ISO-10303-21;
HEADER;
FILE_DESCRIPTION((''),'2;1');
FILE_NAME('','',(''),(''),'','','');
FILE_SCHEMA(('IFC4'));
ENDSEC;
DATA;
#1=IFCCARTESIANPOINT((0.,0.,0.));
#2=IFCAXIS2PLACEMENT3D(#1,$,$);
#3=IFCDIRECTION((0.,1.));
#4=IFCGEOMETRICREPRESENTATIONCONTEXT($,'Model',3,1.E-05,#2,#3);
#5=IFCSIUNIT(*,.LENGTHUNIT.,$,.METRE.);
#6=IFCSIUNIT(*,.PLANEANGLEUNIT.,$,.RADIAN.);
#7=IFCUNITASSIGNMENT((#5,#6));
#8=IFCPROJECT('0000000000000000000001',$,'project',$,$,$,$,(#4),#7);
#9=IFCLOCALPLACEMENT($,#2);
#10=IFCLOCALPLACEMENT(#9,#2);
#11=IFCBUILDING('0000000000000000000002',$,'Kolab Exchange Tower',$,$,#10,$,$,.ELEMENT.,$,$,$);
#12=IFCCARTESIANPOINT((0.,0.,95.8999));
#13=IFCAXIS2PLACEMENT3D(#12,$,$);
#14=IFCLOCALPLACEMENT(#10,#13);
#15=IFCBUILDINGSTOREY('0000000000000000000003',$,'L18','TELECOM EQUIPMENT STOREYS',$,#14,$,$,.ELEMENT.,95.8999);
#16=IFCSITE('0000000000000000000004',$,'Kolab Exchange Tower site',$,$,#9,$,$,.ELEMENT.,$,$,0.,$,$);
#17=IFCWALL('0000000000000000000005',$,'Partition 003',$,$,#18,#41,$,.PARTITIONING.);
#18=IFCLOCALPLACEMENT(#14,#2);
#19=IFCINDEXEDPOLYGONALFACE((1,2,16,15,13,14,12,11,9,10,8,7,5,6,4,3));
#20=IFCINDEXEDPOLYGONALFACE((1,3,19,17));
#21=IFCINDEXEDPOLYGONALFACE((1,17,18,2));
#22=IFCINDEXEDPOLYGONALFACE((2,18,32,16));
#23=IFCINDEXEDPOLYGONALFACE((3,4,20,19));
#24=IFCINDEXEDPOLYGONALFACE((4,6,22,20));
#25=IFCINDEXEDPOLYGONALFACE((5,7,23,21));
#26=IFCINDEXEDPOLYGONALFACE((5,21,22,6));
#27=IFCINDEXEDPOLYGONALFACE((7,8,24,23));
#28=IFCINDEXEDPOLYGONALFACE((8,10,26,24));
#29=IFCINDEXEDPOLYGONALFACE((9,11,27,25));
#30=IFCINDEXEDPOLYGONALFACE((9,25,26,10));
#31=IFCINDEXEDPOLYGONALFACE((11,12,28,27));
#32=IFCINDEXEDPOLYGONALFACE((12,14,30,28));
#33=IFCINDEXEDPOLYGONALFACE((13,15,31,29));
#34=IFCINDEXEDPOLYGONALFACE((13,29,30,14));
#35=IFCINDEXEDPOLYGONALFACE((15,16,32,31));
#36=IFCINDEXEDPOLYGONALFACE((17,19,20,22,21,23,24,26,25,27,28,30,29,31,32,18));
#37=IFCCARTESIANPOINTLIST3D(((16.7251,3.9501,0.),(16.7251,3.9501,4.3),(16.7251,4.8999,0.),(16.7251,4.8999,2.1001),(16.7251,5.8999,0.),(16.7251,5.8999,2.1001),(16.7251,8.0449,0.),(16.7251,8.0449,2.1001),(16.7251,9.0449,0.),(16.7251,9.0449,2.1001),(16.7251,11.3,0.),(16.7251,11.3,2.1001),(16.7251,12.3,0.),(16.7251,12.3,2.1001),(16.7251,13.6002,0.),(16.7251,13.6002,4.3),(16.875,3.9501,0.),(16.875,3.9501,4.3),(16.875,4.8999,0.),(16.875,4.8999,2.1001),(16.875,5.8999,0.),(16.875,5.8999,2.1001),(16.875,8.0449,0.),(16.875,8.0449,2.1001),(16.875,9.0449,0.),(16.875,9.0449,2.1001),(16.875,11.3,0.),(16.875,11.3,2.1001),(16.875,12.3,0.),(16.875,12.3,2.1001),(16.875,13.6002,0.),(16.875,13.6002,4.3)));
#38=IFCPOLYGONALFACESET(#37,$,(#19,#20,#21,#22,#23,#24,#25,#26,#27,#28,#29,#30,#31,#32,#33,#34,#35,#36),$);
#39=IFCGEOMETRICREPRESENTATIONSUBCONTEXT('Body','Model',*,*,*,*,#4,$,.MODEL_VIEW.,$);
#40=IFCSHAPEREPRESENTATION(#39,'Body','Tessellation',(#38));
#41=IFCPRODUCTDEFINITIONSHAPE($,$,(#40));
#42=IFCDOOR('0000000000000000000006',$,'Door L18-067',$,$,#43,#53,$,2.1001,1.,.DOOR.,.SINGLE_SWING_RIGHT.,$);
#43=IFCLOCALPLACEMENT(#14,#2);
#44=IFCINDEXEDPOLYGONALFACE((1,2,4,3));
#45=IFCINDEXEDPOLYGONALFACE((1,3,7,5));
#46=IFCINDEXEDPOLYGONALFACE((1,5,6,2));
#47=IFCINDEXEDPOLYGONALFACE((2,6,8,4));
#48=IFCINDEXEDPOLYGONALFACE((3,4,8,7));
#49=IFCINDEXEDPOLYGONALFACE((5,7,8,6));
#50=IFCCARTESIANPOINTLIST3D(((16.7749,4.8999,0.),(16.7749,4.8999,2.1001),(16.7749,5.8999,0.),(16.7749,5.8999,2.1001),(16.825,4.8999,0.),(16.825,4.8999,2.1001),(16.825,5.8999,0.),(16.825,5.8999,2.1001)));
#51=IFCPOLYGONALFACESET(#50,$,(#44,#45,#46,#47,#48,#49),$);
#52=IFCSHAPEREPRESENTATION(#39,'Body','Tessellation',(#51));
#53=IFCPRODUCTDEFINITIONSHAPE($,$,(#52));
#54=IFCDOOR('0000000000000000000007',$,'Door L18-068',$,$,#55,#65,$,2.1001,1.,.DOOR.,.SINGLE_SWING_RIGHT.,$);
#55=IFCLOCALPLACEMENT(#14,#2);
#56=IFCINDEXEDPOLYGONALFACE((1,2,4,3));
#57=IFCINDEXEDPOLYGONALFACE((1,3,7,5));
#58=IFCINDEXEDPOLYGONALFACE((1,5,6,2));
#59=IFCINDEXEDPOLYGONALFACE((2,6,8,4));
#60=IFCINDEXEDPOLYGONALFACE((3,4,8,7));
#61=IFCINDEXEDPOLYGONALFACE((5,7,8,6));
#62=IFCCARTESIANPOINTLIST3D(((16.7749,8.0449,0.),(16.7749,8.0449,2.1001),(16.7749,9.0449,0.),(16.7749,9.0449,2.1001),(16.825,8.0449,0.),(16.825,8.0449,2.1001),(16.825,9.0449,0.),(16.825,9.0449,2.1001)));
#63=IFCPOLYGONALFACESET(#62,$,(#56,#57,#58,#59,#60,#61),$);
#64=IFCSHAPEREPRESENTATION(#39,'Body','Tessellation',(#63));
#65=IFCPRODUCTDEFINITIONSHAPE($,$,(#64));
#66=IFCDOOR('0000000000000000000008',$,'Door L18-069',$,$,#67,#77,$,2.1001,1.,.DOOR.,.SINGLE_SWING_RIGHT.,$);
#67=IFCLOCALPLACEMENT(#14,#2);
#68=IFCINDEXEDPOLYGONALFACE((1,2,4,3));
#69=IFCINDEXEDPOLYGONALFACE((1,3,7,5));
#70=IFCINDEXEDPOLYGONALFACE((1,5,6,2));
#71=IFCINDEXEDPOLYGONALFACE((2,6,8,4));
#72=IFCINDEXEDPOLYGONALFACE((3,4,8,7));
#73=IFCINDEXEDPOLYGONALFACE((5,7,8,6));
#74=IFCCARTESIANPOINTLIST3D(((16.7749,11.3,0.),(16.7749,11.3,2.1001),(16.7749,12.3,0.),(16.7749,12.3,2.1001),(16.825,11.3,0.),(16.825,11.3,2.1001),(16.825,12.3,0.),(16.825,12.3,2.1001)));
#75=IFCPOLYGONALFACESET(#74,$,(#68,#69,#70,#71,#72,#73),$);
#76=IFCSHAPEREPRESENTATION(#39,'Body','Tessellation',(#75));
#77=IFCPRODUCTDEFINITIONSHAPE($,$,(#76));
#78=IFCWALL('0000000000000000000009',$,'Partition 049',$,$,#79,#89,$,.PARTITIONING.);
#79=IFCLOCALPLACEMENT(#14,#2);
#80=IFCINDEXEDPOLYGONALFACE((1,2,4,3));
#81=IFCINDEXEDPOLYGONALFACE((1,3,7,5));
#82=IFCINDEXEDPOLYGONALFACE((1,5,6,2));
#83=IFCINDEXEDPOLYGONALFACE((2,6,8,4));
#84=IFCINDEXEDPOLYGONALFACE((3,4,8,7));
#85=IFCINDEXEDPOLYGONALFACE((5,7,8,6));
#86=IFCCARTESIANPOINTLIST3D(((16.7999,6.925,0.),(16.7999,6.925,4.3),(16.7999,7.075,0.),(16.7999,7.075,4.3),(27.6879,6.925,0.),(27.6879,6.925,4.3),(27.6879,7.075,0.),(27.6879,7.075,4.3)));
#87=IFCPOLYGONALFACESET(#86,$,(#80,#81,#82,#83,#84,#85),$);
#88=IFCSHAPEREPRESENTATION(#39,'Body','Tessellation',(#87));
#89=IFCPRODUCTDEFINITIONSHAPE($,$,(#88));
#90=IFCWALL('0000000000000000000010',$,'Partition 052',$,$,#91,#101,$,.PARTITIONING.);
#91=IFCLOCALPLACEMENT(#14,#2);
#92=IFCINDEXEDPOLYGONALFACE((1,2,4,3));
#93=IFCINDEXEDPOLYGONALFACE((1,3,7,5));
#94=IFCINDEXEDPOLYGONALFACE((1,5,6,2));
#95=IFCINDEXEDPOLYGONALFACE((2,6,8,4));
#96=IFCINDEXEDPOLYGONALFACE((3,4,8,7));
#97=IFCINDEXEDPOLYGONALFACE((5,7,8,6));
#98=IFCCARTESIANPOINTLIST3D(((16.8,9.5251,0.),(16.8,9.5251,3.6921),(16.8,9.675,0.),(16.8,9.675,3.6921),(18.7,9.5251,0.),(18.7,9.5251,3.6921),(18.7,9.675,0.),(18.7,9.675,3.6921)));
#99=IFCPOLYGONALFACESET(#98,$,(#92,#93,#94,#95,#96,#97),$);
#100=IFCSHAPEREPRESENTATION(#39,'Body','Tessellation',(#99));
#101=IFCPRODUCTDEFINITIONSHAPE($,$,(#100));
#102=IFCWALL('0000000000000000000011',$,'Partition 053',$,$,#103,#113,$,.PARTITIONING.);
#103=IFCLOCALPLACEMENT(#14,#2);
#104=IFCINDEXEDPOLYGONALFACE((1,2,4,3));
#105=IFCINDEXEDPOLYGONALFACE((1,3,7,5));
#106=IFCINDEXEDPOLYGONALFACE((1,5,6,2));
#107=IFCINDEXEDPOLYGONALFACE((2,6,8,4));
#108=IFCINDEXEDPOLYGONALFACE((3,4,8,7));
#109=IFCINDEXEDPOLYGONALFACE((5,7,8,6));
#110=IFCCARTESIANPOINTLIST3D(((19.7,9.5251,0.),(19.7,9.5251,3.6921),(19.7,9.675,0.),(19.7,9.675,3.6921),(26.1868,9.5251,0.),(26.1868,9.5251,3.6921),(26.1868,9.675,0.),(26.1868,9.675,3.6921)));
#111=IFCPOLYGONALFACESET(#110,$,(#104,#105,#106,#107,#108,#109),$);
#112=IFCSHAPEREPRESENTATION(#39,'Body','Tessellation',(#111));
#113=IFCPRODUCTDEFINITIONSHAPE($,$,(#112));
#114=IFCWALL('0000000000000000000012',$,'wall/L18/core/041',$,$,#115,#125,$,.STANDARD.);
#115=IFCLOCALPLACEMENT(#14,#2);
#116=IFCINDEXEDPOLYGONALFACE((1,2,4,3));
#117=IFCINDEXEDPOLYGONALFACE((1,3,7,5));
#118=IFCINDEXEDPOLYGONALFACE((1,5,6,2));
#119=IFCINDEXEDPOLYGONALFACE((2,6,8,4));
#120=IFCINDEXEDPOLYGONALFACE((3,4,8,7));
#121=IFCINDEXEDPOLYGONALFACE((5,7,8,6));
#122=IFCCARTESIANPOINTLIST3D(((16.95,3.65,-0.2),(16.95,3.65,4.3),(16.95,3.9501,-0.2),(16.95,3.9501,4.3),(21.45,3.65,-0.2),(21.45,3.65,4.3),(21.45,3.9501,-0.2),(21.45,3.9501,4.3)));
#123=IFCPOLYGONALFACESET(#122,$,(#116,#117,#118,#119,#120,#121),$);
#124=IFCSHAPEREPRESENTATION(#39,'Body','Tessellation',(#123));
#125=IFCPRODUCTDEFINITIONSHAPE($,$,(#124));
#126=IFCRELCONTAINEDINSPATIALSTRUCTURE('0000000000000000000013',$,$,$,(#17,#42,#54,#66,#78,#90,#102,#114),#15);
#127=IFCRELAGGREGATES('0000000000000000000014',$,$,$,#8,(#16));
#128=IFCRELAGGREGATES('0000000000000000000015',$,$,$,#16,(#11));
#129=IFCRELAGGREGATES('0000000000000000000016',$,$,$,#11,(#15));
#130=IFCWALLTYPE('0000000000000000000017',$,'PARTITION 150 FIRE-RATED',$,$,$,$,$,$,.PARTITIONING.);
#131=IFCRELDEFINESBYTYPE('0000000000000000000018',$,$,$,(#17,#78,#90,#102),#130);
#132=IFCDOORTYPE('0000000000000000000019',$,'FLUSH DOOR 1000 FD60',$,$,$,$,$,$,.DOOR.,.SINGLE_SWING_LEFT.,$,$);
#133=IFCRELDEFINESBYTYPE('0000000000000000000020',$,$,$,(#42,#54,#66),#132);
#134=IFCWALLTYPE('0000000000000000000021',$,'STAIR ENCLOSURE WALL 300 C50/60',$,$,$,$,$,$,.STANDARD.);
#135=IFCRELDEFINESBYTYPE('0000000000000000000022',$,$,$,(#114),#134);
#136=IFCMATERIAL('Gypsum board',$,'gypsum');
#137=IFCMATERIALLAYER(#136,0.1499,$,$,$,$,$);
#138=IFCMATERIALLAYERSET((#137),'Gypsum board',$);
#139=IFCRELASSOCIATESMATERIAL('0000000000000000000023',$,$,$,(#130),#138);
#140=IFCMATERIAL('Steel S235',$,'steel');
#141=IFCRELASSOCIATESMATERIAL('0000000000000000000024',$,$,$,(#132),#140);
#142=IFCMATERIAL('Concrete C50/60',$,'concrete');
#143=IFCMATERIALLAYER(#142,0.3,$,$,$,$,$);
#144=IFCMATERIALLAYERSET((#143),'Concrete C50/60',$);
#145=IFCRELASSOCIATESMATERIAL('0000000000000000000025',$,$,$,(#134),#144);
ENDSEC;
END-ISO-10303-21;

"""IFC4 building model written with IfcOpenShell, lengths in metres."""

from ifc_helpers import new_model, si_unit, direction, frame, frame_2d, origin, place, context, subcontext, project, spatial, rectangle, extrude, material, layer, layer_set, type_object, element, fill, save


model = new_model("IFC4")

# Units and contexts
model_context = context("Model", 3, precision=1e-05, world=origin(), true_north=direction((0.0, 1.0)))
body_context = subcontext(model_context, "Body", "Model", "MODEL_VIEW")
ifc_project = project(units=[si_unit("LENGTHUNIT", "METRE"), si_unit("PLANEANGLEUNIT", "RADIAN")], contexts=[model_context])

# Site, building, storey
site_placement = place(None, origin())
site = spatial("IfcSite", under=ifc_project, at=site_placement, Name="Kolab Exchange Tower site", CompositionType="ELEMENT", RefElevation=0.0)
building_placement = place(site_placement, origin())
building = spatial("IfcBuilding", under=site, at=building_placement, Name="Kolab Exchange Tower", CompositionType="ELEMENT")
storey_placement = place(building_placement, frame((0.0, 0.0, 95.8999)))
storey = spatial("IfcBuildingStorey", under=building, at=storey_placement, Name="L18", Description="TELECOM EQUIPMENT STOREYS", CompositionType="ELEMENT", Elevation=95.8999)

# Wall, openings, doors
ifc_material_1 = material(Name="Gypsum board", Category="gypsum")
ifc_layer_1 = layer(ifc_material_1, 0.1499)
ifc_layer_set_1 = layer_set([ifc_layer_1], Name="Gypsum board")
wall_type_1 = type_object("IfcWallType", Name="PARTITION 150 FIRE-RATED", PredefinedType="PARTITIONING", material=ifc_layer_set_1)
wall_1_placement = place(storey_placement, frame((16.8, 3.95, 0.0), z_axis=(0.0, 0.0, 1.0), x_axis=(0.0, 1.0, 0.0)))
wall_1 = element("IfcWall", 1, at=wall_1_placement, inside=storey, type_object=wall_type_1, Name="Partition 003", PredefinedType="PARTITIONING", context=body_context, shape_type="SweptSolid", body=[
    extrude(rectangle(XDim=9.6501, YDim=0.1499, at=frame_2d((4.8252, 0.0))), origin(), (0.0, 0.0, 1.0), 4.3),
])
opening_1_placement = place(wall_1_placement, frame((0.95, 0.0, 0.0)))
opening_1 = element("IfcOpeningElement", 2, at=opening_1_placement, cuts=wall_1, PredefinedType="OPENING", context=body_context, shape_type="SweptSolid", body=[
    extrude(rectangle(XDim=1.0, YDim=2.1001, at=frame_2d((0.5, 1.05))), frame((0.0, 0.085, 0.0), z_axis=(0.0, -1.0, 0.0), x_axis=(1.0, 0.0, 0.0)), (0.0, 0.0, 1.0), 0.1699),
])
opening_2_placement = place(wall_1_placement, frame((4.095, 0.0, 0.0)))
opening_2 = element("IfcOpeningElement", 3, at=opening_2_placement, cuts=wall_1, PredefinedType="OPENING", context=body_context, shape_type="SweptSolid", body=[
    extrude(rectangle(XDim=1.0, YDim=2.1001, at=frame_2d((0.5, 1.05))), frame((0.0, 0.085, 0.0), z_axis=(0.0, -1.0, 0.0), x_axis=(1.0, 0.0, 0.0)), (0.0, 0.0, 1.0), 0.1699),
])
opening_3_placement = place(wall_1_placement, frame((7.3501, 0.0, 0.0)))
opening_3 = element("IfcOpeningElement", 4, at=opening_3_placement, cuts=wall_1, PredefinedType="OPENING", context=body_context, shape_type="SweptSolid", body=[
    extrude(rectangle(XDim=1.0, YDim=2.1001, at=frame_2d((0.5, 1.05))), frame((0.0, 0.085, 0.0), z_axis=(0.0, -1.0, 0.0), x_axis=(1.0, 0.0, 0.0)), (0.0, 0.0, 1.0), 0.1699),
])
ifc_material_2 = material(Name="Steel S235", Category="steel")
door_type = type_object("IfcDoorType", Name="FLUSH DOOR 1000 FD60", OperationType="SINGLE_SWING_LEFT", PredefinedType="DOOR", material=ifc_material_2)
door_1_placement = place(opening_1_placement, frame((1.0, 0.0, 0.0), z_axis=(0.0, 0.0, 1.0), x_axis=(-1.0, 0.0, 0.0)))
door_1 = element("IfcDoor", 5, at=door_1_placement, inside=storey, type_object=door_type, Name="Door L18-067", OperationType="SINGLE_SWING_RIGHT", OverallHeight=2.1001, OverallWidth=1.0, PredefinedType="DOOR", context=body_context, shape_type="SweptSolid", body=[
    extrude(rectangle(XDim=1.0, YDim=2.1001, at=frame_2d((0.5, 1.05))), frame((0.0, 0.0249, 0.0), z_axis=(0.0, -1.0, 0.0), x_axis=(1.0, 0.0, 0.0)), (0.0, 0.0, 1.0), 0.05),
])
fill(opening_1, door_1)
door_2_placement = place(opening_2_placement, frame((1.0, 0.0, 0.0), z_axis=(0.0, 0.0, 1.0), x_axis=(-1.0, 0.0, 0.0)))
door_2 = element("IfcDoor", 6, at=door_2_placement, inside=storey, type_object=door_type, Name="Door L18-068", OperationType="SINGLE_SWING_RIGHT", OverallHeight=2.1001, OverallWidth=1.0, PredefinedType="DOOR", context=body_context, shape_type="SweptSolid", body=[
    extrude(rectangle(XDim=1.0, YDim=2.1001, at=frame_2d((0.5, 1.05))), frame((0.0, 0.0249, 0.0), z_axis=(0.0, -1.0, 0.0), x_axis=(1.0, 0.0, 0.0)), (0.0, 0.0, 1.0), 0.05),
])
fill(opening_2, door_2)
door_3_placement = place(opening_3_placement, frame((1.0, 0.0, 0.0), z_axis=(0.0, 0.0, 1.0), x_axis=(-1.0, 0.0, 0.0)))
door_3 = element("IfcDoor", 7, at=door_3_placement, inside=storey, type_object=door_type, Name="Door L18-069", OperationType="SINGLE_SWING_RIGHT", OverallHeight=2.1001, OverallWidth=1.0, PredefinedType="DOOR", context=body_context, shape_type="SweptSolid", body=[
    extrude(rectangle(XDim=1.0, YDim=2.1001, at=frame_2d((0.5, 1.05))), frame((0.0, 0.0249, 0.0), z_axis=(0.0, -1.0, 0.0), x_axis=(1.0, 0.0, 0.0)), (0.0, 0.0, 1.0), 0.05),
])
fill(opening_3, door_3)

# Walls
wall_2_placement = place(storey_placement, frame((16.8, 7.0, 0.0), z_axis=(0.0, 0.0, 1.0), x_axis=(1.0, 0.0, 0.0)))
element("IfcWall", 8, at=wall_2_placement, inside=storey, type_object=wall_type_1, Name="Partition 049", PredefinedType="PARTITIONING", context=body_context, shape_type="SweptSolid", body=[
    extrude(rectangle(XDim=10.8879, YDim=0.1499, at=frame_2d((5.4438, 0.0))), origin(), (0.0, 0.0, 1.0), 4.3),
])
wall_3_placement = place(storey_placement, frame((16.8, 9.6001, 0.0), z_axis=(0.0, 0.0, 1.0), x_axis=(1.0, 0.0, 0.0)))
element("IfcWall", 9, at=wall_3_placement, inside=storey, type_object=wall_type_1, Name="Partition 052", PredefinedType="PARTITIONING", context=body_context, shape_type="SweptSolid", body=[
    extrude(rectangle(XDim=1.8999, YDim=0.1499, at=frame_2d((0.95, 0.0))), origin(), (0.0, 0.0, 1.0), 3.6921),
])
wall_4_placement = place(storey_placement, frame((19.7, 9.6001, 0.0), z_axis=(0.0, 0.0, 1.0), x_axis=(1.0, 0.0, 0.0)))
element("IfcWall", 10, at=wall_4_placement, inside=storey, type_object=wall_type_1, Name="Partition 053", PredefinedType="PARTITIONING", context=body_context, shape_type="SweptSolid", body=[
    extrude(rectangle(XDim=6.4868, YDim=0.1499, at=frame_2d((3.2434, 0.0))), origin(), (0.0, 0.0, 1.0), 3.6921),
])
ifc_material_3 = material(Name="Concrete C50/60", Category="concrete")
ifc_layer_2 = layer(ifc_material_3, 0.3)
ifc_layer_set_2 = layer_set([ifc_layer_2], Name="Concrete C50/60")
wall_type_2 = type_object("IfcWallType", Name="STAIR ENCLOSURE WALL 300 C50/60", PredefinedType="STANDARD", material=ifc_layer_set_2)
wall_5_placement = place(storey_placement, frame((16.95, 3.8, -0.2), z_axis=(0.0, 0.0, 1.0), x_axis=(1.0, 0.0, 0.0)))
element("IfcWall", 11, at=wall_5_placement, inside=storey, type_object=wall_type_2, Name="wall/L18/core/041", PredefinedType="STANDARD", context=body_context, shape_type="SweptSolid", body=[
    extrude(rectangle(XDim=4.5, YDim=0.3, at=frame_2d((2.25, 0.0))), origin(), (0.0, 0.0, 1.0), 4.5),
])

save(model, "model.ifc")
